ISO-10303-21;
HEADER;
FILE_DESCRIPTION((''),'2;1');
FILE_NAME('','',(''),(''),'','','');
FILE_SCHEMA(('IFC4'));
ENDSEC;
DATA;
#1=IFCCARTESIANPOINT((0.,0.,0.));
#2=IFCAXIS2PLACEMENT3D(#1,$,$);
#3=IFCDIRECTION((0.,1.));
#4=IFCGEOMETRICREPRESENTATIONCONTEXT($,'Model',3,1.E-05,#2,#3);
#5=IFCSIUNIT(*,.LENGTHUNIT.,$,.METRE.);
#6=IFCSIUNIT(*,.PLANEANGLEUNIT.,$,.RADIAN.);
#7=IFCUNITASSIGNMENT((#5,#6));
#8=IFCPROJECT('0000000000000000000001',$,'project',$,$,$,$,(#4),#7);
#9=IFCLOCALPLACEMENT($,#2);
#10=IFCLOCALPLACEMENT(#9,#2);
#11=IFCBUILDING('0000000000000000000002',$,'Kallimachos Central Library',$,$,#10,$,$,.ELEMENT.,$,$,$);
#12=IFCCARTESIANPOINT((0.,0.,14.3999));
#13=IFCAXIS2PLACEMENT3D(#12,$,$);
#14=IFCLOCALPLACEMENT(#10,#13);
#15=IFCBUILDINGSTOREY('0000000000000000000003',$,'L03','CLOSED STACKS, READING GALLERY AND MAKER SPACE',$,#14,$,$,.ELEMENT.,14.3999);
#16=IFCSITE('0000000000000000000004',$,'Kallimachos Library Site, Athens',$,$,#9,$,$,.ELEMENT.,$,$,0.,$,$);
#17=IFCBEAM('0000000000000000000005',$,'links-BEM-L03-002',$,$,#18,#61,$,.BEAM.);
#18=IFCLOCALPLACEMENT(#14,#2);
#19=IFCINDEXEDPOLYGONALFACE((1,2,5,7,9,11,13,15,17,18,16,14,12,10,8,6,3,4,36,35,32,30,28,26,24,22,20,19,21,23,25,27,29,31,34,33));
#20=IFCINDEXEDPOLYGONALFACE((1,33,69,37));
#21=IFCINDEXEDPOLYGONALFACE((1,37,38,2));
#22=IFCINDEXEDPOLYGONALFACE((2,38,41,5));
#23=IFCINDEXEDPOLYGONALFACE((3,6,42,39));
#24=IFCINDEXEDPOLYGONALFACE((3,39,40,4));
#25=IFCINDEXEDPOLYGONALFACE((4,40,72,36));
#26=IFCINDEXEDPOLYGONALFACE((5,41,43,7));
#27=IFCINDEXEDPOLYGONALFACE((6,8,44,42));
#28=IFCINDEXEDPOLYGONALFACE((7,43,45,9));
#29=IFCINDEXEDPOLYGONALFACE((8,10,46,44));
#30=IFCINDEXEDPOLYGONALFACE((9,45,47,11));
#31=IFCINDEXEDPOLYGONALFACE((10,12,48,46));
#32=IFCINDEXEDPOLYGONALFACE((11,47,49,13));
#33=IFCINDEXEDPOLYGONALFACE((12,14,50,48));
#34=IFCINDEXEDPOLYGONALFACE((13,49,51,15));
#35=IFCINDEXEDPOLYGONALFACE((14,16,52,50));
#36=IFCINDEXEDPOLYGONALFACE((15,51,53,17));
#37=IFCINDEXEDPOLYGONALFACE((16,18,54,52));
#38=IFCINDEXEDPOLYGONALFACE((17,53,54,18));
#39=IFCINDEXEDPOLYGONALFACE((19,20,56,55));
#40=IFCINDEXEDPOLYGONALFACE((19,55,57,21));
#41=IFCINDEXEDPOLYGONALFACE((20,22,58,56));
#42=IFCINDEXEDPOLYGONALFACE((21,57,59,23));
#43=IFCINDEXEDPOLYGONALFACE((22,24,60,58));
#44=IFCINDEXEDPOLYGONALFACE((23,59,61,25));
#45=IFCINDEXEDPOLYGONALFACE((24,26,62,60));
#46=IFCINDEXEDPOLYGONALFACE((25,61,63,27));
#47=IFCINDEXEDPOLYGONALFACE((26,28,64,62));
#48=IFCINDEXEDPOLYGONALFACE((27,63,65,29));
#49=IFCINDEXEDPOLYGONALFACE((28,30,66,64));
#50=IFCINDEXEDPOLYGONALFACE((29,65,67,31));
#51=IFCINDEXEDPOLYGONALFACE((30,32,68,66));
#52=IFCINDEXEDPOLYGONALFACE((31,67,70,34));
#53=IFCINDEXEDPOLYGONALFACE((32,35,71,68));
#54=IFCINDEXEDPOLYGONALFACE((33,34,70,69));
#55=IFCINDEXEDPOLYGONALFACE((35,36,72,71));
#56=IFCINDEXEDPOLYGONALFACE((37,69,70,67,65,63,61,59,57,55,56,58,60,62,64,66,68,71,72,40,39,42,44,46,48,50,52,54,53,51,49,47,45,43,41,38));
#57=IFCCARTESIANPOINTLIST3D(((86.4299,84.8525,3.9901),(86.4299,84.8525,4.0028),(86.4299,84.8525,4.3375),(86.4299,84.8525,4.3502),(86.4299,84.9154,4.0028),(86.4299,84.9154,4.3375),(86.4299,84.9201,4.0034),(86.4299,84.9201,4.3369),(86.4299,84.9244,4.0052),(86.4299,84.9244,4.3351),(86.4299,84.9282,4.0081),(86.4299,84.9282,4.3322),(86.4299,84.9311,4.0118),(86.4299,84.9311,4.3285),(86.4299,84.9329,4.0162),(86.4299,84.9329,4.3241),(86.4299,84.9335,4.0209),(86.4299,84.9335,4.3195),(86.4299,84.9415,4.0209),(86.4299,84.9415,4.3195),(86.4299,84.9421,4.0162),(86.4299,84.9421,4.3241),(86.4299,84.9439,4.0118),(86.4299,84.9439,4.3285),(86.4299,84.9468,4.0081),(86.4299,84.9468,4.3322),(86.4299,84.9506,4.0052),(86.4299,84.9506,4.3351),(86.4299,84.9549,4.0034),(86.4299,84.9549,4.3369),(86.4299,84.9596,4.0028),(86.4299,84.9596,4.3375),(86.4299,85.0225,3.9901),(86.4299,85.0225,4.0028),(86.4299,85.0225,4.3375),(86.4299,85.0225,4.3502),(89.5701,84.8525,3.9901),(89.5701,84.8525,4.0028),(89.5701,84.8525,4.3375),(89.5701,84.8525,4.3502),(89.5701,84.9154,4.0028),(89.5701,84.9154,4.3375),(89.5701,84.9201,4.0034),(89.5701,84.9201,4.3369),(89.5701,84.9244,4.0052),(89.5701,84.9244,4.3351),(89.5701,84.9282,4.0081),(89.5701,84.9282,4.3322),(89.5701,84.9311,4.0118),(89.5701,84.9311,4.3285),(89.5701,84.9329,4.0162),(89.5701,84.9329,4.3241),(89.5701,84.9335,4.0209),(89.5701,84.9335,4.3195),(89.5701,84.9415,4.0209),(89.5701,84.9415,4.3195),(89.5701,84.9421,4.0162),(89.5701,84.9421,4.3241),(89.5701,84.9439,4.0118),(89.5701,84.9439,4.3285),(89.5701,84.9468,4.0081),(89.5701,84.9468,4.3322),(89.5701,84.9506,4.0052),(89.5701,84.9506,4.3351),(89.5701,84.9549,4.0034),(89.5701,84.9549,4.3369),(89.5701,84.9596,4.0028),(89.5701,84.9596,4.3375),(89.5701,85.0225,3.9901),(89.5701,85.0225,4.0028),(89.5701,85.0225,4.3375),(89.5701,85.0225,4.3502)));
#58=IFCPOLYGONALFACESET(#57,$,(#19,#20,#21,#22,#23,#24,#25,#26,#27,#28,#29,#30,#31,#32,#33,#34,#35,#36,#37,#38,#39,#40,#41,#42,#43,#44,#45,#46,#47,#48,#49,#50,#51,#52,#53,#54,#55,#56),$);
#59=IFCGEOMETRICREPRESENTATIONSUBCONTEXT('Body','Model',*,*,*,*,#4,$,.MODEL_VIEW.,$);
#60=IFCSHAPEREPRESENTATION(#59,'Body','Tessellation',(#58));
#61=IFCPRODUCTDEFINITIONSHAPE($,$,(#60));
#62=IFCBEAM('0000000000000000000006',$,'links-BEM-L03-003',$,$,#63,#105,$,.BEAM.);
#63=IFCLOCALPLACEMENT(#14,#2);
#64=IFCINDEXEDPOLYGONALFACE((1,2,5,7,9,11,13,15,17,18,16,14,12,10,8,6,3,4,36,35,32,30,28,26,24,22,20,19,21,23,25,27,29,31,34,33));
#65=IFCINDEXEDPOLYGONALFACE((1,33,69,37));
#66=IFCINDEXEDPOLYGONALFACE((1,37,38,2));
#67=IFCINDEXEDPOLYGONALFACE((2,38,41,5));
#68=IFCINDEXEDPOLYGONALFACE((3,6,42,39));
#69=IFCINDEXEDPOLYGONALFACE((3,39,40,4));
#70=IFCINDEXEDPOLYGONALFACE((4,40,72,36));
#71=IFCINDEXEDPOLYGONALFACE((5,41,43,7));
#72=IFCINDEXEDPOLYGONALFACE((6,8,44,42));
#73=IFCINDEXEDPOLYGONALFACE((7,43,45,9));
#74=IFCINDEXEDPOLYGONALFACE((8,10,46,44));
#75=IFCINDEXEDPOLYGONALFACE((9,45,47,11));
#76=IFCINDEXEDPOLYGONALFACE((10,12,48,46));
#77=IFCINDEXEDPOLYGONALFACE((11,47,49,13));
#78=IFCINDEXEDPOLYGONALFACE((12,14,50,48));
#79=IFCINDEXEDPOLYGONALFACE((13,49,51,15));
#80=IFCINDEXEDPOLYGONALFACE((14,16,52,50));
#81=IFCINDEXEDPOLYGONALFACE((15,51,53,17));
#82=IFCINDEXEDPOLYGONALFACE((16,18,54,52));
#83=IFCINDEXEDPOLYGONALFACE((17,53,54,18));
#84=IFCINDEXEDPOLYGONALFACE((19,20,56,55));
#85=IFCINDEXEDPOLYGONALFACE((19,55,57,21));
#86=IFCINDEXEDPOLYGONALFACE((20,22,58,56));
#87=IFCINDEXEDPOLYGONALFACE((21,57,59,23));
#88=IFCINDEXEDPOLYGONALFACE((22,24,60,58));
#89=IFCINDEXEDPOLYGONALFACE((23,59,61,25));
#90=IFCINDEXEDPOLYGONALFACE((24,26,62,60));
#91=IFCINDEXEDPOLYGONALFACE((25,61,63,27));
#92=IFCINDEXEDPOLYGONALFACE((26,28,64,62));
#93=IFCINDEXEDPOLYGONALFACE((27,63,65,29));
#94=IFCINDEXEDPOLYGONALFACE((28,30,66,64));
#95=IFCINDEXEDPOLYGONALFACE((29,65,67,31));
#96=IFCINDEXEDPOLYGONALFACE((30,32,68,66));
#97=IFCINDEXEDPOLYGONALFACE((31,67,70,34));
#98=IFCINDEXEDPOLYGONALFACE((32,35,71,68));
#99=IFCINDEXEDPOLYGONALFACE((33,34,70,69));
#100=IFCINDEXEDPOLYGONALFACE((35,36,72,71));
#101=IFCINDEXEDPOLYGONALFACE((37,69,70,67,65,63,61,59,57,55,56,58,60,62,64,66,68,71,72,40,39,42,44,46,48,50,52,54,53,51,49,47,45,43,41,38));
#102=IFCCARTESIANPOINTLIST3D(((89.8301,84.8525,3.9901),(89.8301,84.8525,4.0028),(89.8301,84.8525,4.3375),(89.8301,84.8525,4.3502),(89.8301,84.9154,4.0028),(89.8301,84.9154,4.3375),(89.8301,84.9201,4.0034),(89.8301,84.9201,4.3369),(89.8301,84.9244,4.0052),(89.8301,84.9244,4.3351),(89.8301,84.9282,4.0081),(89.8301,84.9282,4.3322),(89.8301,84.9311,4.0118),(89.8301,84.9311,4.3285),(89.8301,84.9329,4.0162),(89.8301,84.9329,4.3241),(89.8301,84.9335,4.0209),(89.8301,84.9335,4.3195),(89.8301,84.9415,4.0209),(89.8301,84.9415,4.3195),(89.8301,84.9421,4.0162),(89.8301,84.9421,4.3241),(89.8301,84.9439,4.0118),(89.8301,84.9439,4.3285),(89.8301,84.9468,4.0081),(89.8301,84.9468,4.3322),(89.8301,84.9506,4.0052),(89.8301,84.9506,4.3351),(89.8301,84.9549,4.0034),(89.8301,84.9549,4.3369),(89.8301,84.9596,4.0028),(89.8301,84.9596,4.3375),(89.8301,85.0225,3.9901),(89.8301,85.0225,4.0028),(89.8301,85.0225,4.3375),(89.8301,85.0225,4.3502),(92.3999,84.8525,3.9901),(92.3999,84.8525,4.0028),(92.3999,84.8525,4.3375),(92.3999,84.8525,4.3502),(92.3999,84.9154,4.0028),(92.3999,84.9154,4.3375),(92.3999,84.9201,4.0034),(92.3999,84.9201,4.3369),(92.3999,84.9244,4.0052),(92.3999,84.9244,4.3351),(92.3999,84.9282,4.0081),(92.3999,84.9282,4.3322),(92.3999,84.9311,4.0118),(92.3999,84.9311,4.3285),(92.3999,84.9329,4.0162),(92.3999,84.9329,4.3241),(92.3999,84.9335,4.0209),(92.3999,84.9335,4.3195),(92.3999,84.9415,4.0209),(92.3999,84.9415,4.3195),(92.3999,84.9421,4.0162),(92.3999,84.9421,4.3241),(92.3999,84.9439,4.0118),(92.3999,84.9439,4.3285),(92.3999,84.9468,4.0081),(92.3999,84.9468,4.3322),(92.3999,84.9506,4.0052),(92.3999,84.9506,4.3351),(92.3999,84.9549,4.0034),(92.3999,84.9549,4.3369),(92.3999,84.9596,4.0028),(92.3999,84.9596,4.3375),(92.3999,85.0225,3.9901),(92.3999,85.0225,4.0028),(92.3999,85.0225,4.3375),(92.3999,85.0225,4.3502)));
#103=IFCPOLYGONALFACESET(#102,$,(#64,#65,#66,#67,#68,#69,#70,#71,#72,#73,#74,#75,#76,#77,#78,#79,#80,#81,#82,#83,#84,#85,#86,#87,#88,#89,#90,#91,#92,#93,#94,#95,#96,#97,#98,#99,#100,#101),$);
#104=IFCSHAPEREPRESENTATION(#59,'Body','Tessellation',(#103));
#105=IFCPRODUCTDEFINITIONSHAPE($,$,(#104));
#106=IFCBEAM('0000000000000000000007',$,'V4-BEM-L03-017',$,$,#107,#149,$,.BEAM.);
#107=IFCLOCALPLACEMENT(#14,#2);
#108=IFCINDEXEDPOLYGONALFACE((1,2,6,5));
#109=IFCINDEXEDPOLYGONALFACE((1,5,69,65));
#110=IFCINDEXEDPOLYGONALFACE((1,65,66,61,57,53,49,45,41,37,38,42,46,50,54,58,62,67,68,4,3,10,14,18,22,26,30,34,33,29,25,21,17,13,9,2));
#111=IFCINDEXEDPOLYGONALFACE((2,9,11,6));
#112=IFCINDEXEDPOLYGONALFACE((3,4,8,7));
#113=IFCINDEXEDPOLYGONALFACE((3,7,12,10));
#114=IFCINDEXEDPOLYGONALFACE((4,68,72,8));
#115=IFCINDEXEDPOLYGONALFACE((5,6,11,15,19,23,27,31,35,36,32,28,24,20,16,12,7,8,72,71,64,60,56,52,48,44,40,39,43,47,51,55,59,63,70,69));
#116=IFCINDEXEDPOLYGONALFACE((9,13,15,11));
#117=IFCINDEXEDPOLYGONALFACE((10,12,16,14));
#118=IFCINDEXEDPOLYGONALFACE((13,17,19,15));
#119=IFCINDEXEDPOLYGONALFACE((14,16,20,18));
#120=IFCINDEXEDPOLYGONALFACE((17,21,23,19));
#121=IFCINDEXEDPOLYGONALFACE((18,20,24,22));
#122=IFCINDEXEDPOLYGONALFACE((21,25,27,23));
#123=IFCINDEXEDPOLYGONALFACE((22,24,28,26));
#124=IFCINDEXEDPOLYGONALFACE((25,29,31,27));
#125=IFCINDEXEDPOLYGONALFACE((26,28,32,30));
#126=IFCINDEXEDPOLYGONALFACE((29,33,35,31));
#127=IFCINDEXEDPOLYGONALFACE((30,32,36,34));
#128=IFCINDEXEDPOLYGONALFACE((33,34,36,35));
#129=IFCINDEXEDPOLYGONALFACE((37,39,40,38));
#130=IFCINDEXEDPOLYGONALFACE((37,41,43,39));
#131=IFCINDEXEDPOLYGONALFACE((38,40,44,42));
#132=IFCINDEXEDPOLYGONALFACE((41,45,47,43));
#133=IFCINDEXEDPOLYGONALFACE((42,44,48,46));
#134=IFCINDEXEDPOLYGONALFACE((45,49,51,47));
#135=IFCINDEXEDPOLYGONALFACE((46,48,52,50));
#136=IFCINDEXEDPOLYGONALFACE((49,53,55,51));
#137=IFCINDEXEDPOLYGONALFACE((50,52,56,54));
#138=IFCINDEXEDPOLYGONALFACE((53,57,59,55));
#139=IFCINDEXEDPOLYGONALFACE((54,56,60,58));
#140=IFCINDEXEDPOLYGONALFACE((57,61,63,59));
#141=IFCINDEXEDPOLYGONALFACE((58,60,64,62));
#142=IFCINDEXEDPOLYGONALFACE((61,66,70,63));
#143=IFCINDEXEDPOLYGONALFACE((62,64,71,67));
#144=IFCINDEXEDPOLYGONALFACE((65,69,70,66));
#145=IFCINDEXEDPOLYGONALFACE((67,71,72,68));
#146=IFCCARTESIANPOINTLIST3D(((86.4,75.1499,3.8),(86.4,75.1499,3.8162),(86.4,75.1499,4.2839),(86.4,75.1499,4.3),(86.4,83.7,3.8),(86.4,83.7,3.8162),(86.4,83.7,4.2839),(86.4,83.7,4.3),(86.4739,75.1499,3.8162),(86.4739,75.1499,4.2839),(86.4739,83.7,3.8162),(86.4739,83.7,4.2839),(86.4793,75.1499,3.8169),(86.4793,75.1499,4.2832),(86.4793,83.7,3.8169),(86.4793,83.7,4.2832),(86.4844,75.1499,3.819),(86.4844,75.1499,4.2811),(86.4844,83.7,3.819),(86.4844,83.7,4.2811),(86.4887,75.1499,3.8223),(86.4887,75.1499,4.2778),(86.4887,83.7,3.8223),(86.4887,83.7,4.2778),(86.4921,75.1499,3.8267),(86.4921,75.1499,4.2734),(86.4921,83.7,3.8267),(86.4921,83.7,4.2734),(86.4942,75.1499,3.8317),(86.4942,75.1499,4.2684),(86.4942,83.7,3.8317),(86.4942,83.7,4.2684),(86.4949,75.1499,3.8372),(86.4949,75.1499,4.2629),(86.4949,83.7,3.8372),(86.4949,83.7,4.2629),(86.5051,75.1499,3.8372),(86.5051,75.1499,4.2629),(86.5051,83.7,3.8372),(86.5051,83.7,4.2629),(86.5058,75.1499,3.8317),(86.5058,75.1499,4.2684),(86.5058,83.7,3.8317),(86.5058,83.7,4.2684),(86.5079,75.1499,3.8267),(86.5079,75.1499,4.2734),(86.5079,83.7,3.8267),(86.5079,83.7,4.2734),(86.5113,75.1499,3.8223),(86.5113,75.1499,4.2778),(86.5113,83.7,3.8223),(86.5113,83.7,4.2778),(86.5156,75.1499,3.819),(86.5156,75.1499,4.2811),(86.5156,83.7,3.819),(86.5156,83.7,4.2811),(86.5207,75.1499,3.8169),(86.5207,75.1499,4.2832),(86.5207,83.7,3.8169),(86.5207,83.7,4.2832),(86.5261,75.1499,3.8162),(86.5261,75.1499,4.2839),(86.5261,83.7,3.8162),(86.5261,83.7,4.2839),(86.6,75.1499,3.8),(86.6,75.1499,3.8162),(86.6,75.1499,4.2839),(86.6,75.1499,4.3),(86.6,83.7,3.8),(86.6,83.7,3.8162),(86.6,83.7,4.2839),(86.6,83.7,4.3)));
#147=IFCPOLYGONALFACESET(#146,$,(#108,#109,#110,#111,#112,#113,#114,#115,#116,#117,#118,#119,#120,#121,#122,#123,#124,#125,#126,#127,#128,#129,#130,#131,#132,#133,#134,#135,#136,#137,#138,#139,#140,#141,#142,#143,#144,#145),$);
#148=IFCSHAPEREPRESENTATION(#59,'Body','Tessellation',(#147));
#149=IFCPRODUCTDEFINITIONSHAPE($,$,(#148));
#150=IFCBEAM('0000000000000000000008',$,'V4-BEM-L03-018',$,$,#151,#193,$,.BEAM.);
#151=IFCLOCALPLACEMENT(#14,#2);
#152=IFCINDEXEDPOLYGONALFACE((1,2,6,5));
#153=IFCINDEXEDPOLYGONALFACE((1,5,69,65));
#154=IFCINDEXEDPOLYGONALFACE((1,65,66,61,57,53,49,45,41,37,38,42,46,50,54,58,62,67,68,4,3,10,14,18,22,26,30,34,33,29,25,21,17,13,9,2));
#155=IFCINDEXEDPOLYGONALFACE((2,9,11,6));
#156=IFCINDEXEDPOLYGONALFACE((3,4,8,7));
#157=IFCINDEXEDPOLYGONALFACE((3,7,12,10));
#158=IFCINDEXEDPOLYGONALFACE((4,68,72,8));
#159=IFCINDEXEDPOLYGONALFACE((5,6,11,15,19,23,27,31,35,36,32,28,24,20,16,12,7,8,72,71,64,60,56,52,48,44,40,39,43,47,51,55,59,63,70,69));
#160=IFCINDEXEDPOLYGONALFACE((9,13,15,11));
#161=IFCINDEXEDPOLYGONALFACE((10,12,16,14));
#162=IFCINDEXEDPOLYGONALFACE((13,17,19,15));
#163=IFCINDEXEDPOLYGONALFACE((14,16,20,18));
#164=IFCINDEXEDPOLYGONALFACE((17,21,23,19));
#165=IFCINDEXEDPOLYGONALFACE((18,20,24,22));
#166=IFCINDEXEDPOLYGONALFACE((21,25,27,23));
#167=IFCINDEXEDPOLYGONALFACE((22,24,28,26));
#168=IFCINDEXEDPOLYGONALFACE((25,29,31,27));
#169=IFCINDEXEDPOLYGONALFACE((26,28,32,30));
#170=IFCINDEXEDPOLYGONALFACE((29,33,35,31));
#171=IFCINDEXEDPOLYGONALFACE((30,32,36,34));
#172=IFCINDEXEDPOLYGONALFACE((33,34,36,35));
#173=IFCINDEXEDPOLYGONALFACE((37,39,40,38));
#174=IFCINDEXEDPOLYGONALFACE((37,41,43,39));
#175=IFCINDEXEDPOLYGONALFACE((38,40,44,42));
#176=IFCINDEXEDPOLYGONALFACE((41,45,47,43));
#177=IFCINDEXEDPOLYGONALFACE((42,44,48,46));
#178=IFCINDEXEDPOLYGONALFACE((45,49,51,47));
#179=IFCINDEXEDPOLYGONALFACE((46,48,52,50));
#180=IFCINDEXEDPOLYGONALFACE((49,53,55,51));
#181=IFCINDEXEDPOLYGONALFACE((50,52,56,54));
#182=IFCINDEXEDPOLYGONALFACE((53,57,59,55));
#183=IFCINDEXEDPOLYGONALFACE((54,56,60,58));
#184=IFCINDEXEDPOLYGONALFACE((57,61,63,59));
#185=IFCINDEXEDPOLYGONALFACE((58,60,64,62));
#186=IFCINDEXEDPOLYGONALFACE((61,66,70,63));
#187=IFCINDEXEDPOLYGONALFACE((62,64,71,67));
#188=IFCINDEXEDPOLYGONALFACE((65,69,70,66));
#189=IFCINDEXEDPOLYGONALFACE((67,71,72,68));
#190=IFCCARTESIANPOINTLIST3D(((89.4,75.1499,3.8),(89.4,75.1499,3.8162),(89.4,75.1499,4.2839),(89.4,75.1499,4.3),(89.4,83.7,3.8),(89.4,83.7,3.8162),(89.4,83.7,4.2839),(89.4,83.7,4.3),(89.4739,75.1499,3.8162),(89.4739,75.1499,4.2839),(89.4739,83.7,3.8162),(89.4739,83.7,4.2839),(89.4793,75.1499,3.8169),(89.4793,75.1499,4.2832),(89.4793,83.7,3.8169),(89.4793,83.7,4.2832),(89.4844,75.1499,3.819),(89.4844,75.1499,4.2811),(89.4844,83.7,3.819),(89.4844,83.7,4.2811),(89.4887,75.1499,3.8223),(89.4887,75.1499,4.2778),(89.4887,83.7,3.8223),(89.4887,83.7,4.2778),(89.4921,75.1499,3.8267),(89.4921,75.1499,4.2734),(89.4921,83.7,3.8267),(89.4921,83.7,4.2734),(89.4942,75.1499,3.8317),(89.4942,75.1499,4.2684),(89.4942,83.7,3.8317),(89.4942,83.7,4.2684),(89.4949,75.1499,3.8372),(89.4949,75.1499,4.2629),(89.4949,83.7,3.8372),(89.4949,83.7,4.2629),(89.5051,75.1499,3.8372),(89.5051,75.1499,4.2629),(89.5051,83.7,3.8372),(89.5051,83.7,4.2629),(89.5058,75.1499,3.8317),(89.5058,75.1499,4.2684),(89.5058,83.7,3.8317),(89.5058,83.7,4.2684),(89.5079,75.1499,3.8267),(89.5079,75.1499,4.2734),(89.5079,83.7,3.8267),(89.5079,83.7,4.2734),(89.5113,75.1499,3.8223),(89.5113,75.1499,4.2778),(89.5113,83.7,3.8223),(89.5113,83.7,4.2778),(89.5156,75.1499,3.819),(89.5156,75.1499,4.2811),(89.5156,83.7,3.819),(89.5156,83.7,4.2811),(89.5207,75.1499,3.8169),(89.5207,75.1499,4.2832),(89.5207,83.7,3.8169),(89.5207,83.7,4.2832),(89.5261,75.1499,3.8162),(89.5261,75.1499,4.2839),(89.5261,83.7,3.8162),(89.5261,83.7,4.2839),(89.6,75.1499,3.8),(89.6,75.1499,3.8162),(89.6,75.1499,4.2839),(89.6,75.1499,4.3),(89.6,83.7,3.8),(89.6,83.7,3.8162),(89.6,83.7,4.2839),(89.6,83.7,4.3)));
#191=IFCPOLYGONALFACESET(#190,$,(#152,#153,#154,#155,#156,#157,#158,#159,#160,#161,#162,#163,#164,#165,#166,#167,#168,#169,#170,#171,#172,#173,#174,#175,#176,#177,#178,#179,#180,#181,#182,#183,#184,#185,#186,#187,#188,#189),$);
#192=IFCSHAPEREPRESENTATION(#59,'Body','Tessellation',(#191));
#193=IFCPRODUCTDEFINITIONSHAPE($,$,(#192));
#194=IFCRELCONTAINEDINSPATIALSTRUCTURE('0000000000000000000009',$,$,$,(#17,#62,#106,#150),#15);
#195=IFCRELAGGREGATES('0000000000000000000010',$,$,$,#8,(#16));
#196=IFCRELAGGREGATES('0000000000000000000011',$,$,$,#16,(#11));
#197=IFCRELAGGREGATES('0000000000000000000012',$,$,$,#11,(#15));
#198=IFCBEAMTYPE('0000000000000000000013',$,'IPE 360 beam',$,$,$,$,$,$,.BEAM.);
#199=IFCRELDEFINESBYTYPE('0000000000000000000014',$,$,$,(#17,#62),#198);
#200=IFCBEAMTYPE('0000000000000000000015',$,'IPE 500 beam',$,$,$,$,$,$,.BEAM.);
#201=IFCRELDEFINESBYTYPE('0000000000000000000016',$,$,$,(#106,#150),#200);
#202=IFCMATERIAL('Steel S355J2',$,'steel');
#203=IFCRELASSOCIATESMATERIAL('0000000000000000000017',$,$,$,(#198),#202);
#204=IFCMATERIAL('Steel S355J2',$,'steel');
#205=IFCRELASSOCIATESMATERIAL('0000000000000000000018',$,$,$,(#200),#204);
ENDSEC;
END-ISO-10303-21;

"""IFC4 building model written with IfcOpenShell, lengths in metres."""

from ifc_helpers import new_model, si_unit, direction, frame, origin, origin_2d, place, context, subcontext, project, spatial, i_section, extrude, material, material_profile, profile_set, type_object, element, save


model = new_model("IFC4")

# Units and contexts
model_context = context("Model", 3, precision=1e-05, world=origin(), true_north=direction((0.0, 1.0)))
body_context = subcontext(model_context, "Body", "Model", "MODEL_VIEW")
ifc_project = project(units=[si_unit("LENGTHUNIT", "METRE"), si_unit("PLANEANGLEUNIT", "RADIAN")], contexts=[model_context])

# Site, building, storey
site_placement = place(None, origin())
site = spatial("IfcSite", under=ifc_project, at=site_placement, Name="Kallimachos Library Site, Athens", CompositionType="ELEMENT", RefElevation=0.0)
building_placement = place(site_placement, origin())
building = spatial("IfcBuilding", under=site, at=building_placement, Name="Kallimachos Central Library", CompositionType="ELEMENT")
storey_placement = place(building_placement, frame((0.0, 0.0, 14.3999)))
storey = spatial("IfcBuildingStorey", under=building, at=storey_placement, Name="L03", Description="CLOSED STACKS, READING GALLERY AND MAKER SPACE", CompositionType="ELEMENT", Elevation=14.3999)

# Beams
ifc_material_1 = material(Name="Steel S355J2", Category="steel")
ifc_material_profile_1 = material_profile(ifc_material_1, i_section(OverallWidth=0.1699, OverallDepth=0.3601, WebThickness=0.0081, FlangeThickness=0.0127, FilletRadius=0.0181, at=origin_2d()), Name="IPE 360")
ifc_profile_set_1 = profile_set([ifc_material_profile_1], Name="Steel S355J2")
beam_type_1 = type_object("IfcBeamType", Name="IPE 360 beam", PredefinedType="BEAM", material=ifc_profile_set_1)
beam_1_placement = place(storey_placement, frame((86.4299, 84.9375, 4.1702), z_axis=(1.0, 0.0, 0.0), x_axis=(0.0, 1.0, 0.0)))
element("IfcBeam", 1, at=beam_1_placement, inside=storey, type_object=beam_type_1, Name="links-BEM-L03-002", PredefinedType="BEAM", context=body_context, shape_type="SweptSolid", body=[
    extrude(i_section(OverallWidth=0.1699, OverallDepth=0.3601, WebThickness=0.0081, FlangeThickness=0.0127, FilletRadius=0.0181, at=origin_2d()), origin(), (0.0, 0.0, 1.0), 3.1401),
])
beam_2_placement = place(storey_placement, frame((89.8301, 84.9375, 4.1702), z_axis=(1.0, 0.0, 0.0), x_axis=(0.0, 1.0, 0.0)))
element("IfcBeam", 2, at=beam_2_placement, inside=storey, type_object=beam_type_1, Name="links-BEM-L03-003", PredefinedType="BEAM", context=body_context, shape_type="SweptSolid", body=[
    extrude(i_section(OverallWidth=0.1699, OverallDepth=0.3601, WebThickness=0.0081, FlangeThickness=0.0127, FilletRadius=0.0181, at=origin_2d()), origin(), (0.0, 0.0, 1.0), 2.5698),
])
ifc_material_2 = material(Name="Steel S355J2", Category="steel")
ifc_material_profile_2 = material_profile(ifc_material_2, i_section(OverallWidth=0.2, OverallDepth=0.5, WebThickness=0.0103, FlangeThickness=0.0161, FilletRadius=0.021, at=origin_2d()), Name="IPE 500")
ifc_profile_set_2 = profile_set([ifc_material_profile_2], Name="Steel S355J2")
beam_type_2 = type_object("IfcBeamType", Name="IPE 500 beam", PredefinedType="BEAM", material=ifc_profile_set_2)
for number, where, z_axis, x_axis, name in (
    (3, (86.5, 75.1499, 4.05), (0.0, 1.0, 0.0), (-1.0, 0.0, 0.0), "V4-BEM-L03-017"),
    (4, (89.5, 75.1499, 4.05), (0.0, 1.0, 0.0), (-1.0, 0.0, 0.0), "V4-BEM-L03-018"),
):
    element("IfcBeam", number, at=place(storey_placement, frame(where, z_axis=z_axis, x_axis=x_axis)), inside=storey, type_object=beam_type_2, Name=name, PredefinedType="BEAM", context=body_context, shape_type="SweptSolid", body=[
        extrude(i_section(OverallWidth=0.2, OverallDepth=0.5, WebThickness=0.0103, FlangeThickness=0.0161, FilletRadius=0.021, at=origin_2d()), origin(), (0.0, 0.0, 1.0), 8.55),
    ])

save(model, "model.ifc")
